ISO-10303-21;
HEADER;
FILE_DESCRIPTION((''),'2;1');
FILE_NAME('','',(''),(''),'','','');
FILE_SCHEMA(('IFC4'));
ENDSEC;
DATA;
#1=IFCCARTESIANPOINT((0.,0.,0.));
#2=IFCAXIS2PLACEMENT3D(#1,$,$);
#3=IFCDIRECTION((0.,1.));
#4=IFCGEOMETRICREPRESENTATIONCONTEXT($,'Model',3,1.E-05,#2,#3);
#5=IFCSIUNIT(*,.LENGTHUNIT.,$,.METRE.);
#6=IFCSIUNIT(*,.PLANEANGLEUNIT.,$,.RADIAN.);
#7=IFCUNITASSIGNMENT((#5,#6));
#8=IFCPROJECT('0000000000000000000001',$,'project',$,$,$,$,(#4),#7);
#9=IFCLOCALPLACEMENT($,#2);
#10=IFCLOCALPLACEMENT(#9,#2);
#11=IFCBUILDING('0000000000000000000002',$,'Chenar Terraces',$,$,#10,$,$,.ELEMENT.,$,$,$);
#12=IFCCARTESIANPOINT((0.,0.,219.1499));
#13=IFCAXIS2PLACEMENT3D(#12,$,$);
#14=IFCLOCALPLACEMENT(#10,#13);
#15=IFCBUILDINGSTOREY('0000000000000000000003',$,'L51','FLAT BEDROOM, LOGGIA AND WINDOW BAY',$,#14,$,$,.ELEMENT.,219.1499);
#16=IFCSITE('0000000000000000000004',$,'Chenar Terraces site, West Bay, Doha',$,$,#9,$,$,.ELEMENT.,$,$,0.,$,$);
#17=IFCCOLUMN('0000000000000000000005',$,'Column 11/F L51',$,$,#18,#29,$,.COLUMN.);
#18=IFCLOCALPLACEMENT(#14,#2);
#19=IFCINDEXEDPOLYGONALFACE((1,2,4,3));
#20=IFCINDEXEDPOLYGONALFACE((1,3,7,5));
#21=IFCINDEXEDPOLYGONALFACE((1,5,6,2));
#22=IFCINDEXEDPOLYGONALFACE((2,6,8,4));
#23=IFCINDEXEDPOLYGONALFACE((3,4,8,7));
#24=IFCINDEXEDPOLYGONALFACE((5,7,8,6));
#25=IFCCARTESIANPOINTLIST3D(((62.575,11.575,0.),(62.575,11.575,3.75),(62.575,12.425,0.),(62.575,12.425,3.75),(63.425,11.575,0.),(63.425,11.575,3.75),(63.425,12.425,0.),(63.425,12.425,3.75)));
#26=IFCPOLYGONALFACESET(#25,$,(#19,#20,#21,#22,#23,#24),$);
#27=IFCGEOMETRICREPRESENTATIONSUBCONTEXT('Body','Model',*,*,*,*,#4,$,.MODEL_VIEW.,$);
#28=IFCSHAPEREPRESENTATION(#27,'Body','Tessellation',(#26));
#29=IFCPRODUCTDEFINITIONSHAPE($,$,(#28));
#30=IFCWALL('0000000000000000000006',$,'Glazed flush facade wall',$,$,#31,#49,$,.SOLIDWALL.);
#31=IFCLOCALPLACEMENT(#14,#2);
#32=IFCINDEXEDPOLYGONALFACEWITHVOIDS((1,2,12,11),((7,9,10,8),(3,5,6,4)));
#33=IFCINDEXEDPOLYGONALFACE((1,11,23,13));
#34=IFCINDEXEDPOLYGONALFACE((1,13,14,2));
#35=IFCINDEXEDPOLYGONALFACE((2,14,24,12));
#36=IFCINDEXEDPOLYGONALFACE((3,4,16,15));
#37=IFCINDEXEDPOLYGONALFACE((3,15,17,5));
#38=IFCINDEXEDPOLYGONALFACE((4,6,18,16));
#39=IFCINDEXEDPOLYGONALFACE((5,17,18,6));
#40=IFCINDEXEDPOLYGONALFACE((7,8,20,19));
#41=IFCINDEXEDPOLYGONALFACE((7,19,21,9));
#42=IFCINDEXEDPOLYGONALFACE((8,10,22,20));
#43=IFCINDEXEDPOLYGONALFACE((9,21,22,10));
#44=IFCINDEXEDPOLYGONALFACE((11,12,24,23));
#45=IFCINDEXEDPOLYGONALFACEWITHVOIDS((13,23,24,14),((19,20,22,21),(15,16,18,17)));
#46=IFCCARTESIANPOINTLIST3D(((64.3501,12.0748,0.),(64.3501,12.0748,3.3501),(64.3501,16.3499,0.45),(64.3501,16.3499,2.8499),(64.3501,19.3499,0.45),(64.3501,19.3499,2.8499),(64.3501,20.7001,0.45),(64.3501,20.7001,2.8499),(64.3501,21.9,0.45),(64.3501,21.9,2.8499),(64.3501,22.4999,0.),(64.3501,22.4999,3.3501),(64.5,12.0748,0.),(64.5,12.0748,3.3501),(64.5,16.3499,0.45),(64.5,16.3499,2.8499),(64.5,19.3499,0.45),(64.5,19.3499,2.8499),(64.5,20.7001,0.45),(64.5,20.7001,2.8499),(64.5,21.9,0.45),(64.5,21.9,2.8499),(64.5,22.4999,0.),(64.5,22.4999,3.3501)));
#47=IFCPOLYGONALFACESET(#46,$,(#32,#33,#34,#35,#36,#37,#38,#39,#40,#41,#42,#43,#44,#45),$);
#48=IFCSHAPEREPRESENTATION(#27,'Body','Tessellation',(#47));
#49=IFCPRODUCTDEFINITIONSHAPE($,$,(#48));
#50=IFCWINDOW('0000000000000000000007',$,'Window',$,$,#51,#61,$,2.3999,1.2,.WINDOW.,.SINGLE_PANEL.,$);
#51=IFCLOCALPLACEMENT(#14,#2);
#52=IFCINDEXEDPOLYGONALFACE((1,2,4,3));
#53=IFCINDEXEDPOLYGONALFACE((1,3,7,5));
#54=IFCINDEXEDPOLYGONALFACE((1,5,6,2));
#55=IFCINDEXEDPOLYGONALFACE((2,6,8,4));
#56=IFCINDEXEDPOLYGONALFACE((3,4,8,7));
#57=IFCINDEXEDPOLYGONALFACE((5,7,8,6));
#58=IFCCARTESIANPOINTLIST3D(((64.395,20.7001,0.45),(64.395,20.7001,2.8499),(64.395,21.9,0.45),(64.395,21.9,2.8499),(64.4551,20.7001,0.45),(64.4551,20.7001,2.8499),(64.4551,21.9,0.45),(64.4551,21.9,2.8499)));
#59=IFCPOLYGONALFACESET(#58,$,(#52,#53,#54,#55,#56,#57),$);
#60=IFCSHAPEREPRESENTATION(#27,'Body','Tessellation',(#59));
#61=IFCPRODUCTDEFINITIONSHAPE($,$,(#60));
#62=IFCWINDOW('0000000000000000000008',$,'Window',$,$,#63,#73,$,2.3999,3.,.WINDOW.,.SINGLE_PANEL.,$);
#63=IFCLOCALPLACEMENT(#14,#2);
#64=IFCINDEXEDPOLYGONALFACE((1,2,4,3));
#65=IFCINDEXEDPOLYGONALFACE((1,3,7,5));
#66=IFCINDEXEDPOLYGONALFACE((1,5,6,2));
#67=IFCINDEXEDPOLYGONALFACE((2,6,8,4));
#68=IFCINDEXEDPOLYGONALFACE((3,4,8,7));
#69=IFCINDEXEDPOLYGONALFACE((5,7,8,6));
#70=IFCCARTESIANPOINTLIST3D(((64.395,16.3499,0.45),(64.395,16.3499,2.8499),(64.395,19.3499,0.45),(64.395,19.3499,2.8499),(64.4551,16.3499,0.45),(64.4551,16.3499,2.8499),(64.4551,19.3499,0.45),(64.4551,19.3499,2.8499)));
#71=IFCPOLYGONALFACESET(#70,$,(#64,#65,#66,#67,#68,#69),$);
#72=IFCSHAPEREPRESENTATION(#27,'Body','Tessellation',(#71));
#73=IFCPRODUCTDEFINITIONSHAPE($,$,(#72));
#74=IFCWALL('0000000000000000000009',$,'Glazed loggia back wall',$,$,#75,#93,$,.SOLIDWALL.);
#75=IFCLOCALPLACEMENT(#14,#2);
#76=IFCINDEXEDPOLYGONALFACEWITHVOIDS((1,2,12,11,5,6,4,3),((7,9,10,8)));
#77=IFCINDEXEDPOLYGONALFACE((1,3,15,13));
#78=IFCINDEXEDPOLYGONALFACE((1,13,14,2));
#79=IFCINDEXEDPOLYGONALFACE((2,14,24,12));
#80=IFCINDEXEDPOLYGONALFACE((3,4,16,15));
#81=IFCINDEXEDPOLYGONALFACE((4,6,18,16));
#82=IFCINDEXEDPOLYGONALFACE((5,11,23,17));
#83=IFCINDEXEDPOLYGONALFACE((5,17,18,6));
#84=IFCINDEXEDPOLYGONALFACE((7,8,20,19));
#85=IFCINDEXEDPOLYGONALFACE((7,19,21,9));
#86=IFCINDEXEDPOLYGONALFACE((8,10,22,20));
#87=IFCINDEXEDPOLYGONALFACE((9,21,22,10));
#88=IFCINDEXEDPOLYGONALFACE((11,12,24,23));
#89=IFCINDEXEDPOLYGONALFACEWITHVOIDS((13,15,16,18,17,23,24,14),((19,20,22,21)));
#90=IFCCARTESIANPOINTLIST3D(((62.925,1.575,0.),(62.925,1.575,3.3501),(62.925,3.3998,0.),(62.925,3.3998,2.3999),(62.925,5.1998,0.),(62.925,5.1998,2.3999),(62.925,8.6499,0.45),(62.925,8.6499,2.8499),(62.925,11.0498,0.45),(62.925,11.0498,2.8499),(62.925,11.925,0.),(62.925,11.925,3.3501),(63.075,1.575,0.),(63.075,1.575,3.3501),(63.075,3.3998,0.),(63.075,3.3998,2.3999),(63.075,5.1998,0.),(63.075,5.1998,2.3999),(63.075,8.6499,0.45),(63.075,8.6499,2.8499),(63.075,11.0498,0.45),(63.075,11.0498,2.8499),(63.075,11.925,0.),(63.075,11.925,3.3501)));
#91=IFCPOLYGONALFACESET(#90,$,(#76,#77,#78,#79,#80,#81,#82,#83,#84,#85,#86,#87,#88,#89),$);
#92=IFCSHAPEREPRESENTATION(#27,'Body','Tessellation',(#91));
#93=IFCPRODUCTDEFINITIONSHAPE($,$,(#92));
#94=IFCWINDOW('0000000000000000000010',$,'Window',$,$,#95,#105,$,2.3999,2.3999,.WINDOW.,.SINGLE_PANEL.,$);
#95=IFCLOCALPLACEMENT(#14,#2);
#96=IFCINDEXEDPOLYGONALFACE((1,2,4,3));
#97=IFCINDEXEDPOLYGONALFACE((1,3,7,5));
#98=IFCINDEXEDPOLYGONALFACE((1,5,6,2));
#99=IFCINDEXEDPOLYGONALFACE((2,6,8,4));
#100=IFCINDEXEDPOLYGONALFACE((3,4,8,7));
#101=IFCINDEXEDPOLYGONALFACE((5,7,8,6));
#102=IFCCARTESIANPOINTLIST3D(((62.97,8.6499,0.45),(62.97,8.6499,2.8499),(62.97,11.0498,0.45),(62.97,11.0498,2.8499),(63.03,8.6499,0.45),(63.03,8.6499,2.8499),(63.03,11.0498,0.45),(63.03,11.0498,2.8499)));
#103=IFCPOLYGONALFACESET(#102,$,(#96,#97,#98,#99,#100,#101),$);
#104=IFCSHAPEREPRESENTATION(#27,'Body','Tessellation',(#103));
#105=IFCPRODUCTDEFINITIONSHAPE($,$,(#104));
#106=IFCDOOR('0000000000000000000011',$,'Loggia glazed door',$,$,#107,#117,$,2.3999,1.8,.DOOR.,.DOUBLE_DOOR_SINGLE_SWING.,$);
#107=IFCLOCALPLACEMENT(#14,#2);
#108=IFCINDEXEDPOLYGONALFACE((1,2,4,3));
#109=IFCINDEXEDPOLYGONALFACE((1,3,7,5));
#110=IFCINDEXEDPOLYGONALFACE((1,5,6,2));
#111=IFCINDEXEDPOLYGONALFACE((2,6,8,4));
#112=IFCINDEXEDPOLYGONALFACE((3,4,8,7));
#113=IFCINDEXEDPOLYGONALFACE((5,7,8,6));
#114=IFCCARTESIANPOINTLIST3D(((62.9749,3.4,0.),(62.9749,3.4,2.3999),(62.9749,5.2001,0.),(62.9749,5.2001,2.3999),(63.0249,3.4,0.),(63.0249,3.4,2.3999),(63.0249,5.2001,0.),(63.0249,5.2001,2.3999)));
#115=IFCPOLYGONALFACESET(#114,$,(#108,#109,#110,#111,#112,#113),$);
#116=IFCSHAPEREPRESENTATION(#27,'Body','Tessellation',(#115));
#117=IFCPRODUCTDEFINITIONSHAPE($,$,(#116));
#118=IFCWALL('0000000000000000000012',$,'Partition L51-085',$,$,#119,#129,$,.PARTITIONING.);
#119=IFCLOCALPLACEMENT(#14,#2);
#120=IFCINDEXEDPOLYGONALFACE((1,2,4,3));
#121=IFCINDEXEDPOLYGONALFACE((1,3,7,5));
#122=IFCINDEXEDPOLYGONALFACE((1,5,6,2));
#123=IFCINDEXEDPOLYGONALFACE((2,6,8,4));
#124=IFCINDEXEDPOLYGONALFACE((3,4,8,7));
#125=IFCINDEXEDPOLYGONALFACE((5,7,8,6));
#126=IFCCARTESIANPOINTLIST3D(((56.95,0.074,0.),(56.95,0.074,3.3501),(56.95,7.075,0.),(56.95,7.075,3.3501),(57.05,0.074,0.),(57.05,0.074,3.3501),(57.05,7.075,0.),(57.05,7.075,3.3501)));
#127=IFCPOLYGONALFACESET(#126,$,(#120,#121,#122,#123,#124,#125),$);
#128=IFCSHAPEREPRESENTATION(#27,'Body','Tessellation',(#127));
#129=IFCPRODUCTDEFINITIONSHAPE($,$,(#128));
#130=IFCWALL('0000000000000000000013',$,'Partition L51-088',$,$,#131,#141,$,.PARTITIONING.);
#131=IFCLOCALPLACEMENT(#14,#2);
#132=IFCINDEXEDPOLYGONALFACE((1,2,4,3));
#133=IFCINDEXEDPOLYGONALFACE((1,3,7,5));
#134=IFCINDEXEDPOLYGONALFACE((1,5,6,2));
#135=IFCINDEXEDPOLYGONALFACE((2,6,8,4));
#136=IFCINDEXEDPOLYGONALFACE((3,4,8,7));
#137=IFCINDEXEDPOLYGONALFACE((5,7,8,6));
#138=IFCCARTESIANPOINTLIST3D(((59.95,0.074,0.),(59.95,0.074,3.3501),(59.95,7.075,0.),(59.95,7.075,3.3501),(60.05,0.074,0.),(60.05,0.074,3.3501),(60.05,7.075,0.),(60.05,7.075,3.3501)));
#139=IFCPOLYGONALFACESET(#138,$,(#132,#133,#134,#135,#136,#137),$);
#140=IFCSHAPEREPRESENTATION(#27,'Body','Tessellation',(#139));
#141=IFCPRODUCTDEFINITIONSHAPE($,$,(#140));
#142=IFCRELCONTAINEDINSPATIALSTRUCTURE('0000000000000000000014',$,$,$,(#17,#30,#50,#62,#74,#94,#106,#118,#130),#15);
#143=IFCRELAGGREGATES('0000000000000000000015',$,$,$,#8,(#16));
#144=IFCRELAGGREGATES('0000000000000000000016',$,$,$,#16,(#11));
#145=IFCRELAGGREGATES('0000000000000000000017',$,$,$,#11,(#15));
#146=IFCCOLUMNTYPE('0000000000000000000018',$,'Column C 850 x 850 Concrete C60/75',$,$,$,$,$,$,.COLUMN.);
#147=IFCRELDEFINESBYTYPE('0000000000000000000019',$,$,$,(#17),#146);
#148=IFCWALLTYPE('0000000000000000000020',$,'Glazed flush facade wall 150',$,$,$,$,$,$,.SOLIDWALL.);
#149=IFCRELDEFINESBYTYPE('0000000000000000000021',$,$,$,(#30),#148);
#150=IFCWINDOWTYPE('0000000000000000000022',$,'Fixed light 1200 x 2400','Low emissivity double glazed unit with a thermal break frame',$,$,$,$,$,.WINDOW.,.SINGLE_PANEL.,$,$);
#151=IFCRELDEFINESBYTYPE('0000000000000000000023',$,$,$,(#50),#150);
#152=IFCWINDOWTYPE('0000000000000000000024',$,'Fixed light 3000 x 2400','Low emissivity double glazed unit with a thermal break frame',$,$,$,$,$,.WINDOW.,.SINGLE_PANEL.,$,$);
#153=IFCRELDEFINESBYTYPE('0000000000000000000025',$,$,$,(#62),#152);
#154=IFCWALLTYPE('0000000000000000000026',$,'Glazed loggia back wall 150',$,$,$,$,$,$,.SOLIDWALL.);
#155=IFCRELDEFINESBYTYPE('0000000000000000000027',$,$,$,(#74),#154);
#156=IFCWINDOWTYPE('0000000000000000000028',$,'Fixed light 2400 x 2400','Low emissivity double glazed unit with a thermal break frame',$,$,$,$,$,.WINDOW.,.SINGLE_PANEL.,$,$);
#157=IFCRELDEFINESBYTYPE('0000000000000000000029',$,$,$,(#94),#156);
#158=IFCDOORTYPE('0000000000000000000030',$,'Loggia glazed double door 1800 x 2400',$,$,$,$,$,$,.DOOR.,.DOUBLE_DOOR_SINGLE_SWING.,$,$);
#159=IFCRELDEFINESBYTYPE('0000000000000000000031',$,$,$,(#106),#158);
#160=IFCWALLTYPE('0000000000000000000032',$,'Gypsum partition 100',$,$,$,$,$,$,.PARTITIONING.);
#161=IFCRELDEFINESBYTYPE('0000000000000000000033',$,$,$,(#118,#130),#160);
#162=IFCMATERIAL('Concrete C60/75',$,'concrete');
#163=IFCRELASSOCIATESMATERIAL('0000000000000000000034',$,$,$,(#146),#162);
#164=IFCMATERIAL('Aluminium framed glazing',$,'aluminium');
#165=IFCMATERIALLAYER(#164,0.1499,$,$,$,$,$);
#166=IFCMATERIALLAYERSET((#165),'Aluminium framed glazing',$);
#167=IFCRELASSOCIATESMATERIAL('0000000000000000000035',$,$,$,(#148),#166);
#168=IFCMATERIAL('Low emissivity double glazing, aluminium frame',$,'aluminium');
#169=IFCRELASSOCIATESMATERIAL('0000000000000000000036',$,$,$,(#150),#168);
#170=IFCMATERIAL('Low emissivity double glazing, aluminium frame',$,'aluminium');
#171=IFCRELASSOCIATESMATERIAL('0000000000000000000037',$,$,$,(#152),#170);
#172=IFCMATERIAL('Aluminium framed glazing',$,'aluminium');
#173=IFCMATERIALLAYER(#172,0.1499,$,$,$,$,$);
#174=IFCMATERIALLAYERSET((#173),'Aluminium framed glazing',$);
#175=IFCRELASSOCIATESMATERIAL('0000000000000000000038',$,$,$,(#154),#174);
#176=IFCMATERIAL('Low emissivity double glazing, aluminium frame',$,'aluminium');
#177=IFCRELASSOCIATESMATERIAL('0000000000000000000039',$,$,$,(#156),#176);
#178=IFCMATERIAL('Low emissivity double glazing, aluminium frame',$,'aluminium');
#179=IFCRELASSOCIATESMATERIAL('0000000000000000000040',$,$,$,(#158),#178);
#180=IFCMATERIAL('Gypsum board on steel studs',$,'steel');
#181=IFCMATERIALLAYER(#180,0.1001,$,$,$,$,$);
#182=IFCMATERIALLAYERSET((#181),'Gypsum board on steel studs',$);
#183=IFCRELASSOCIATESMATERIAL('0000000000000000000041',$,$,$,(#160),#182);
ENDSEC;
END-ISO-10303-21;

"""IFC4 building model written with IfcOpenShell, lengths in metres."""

from ifc_helpers import new_model, si_unit, direction, frame, frame_2d, origin, origin_2d, place, context, subcontext, project, spatial, rectangle, extrude, material, layer, layer_set, material_profile, profile_set, type_object, element, fill, save


model = new_model("IFC4")

# Units and contexts
model_context = context("Model", 3, precision=1e-05, world=origin(), true_north=direction((0.0, 1.0)))
body_context = subcontext(model_context, "Body", "Model", "MODEL_VIEW")
ifc_project = project(units=[si_unit("LENGTHUNIT", "METRE"), si_unit("PLANEANGLEUNIT", "RADIAN")], contexts=[model_context])

# Site, building, storey
site_placement = place(None, origin())
site = spatial("IfcSite", under=ifc_project, at=site_placement, Name="Chenar Terraces site, West Bay, Doha", CompositionType="ELEMENT", RefElevation=0.0)
building_placement = place(site_placement, origin())
building = spatial("IfcBuilding", under=site, at=building_placement, Name="Chenar Terraces", CompositionType="ELEMENT")
storey_placement = place(building_placement, frame((0.0, 0.0, 219.1499)))
storey = spatial("IfcBuildingStorey", under=building, at=storey_placement, Name="L51", Description="FLAT BEDROOM, LOGGIA AND WINDOW BAY", CompositionType="ELEMENT", Elevation=219.1499)

# Column
ifc_material_1 = material(Name="Concrete C60/75", Category="concrete")
ifc_material_profile_1 = material_profile(ifc_material_1, rectangle(XDim=0.8501, YDim=0.8501, at=origin_2d()), Name="C 850 x 850")
ifc_profile_set_1 = profile_set([ifc_material_profile_1], Name="Concrete C60/75")
column_type = type_object("IfcColumnType", Name="Column C 850 x 850 Concrete C60/75", PredefinedType="COLUMN", material=ifc_profile_set_1)
column_placement = place(storey_placement, frame((63.0, 12.0, 0.0), z_axis=(0.0, 0.0, 1.0), x_axis=(1.0, 0.0, 0.0)))
element("IfcColumn", 1, at=column_placement, inside=storey, type_object=column_type, Name="Column 11/F L51", PredefinedType="COLUMN", context=body_context, shape_type="SweptSolid", body=[
    extrude(rectangle(XDim=0.8501, YDim=0.8501, at=origin_2d()), origin(), (0.0, 0.0, 1.0), 3.75),
])

# Wall, openings, windows
ifc_material_2 = material(Name="Aluminium framed glazing", Category="aluminium")
ifc_layer_1 = layer(ifc_material_2, 0.1499)
ifc_layer_set_1 = layer_set([ifc_layer_1], Name="Aluminium framed glazing")
wall_type_1 = type_object("IfcWallType", Name="Glazed flush facade wall 150", PredefinedType="SOLIDWALL", material=ifc_layer_set_1)
wall_1_placement = place(storey_placement, frame((64.425, 12.075, 0.0), z_axis=(0.0, 0.0, 1.0), x_axis=(0.0, 1.0, 0.0)))
wall_1 = element("IfcWall", 2, at=wall_1_placement, inside=storey, type_object=wall_type_1, Name="Glazed flush facade wall", PredefinedType="SOLIDWALL", context=body_context, shape_type="SweptSolid", body=[
    extrude(rectangle(XDim=10.425, YDim=0.1499, at=frame_2d((5.2124, 0.0))), origin(), (0.0, 0.0, 1.0), 3.3501),
])
opening_1_placement = place(wall_1_placement, frame((4.2749, 0.0, 0.45)))
opening_1 = element("IfcOpeningElement", 3, at=opening_1_placement, cuts=wall_1, PredefinedType="OPENING", context=body_context, shape_type="SweptSolid", body=[
    extrude(rectangle(XDim=3.0, YDim=2.3999, at=frame_2d((1.5, 1.2))), frame((0.0, 0.085, 0.0), z_axis=(0.0, -1.0, 0.0), x_axis=(1.0, 0.0, 0.0)), (0.0, 0.0, 1.0), 0.1699),
])
opening_2_placement = place(wall_1_placement, frame((8.625, 0.0, 0.45)))
opening_2 = element("IfcOpeningElement", 4, at=opening_2_placement, cuts=wall_1, PredefinedType="OPENING", context=body_context, shape_type="SweptSolid", body=[
    extrude(rectangle(XDim=1.2, YDim=2.3999, at=frame_2d((0.6001, 1.2))), frame((0.0, 0.085, 0.0), z_axis=(0.0, -1.0, 0.0), x_axis=(1.0, 0.0, 0.0)), (0.0, 0.0, 1.0), 0.1699),
])
ifc_material_3 = material(Name="Low emissivity double glazing, aluminium frame", Category="aluminium")
window_type_1 = type_object("IfcWindowType", Name="Fixed light 1200 x 2400", Description="Low emissivity double glazed unit with a thermal break frame", PartitioningType="SINGLE_PANEL", PredefinedType="WINDOW", material=ifc_material_3)
window_1_placement = place(opening_2_placement, origin())
window_1 = element("IfcWindow", 5, at=window_1_placement, inside=storey, type_object=window_type_1, Name="Window", OverallHeight=2.3999, OverallWidth=1.2, PartitioningType="SINGLE_PANEL", PredefinedType="WINDOW", context=body_context, shape_type="SweptSolid", body=[
    extrude(rectangle(XDim=1.2, YDim=2.3999, at=frame_2d((0.6001, 1.2))), frame((0.0, 0.03, 0.0), z_axis=(0.0, -1.0, 0.0), x_axis=(1.0, 0.0, 0.0)), (0.0, 0.0, 1.0), 0.0601),
])
fill(opening_2, window_1)
ifc_material_4 = material(Name="Low emissivity double glazing, aluminium frame", Category="aluminium")
window_type_2 = type_object("IfcWindowType", Name="Fixed light 3000 x 2400", Description="Low emissivity double glazed unit with a thermal break frame", PartitioningType="SINGLE_PANEL", PredefinedType="WINDOW", material=ifc_material_4)
window_2_placement = place(opening_1_placement, origin())
window_2 = element("IfcWindow", 6, at=window_2_placement, inside=storey, type_object=window_type_2, Name="Window", OverallHeight=2.3999, OverallWidth=3.0, PartitioningType="SINGLE_PANEL", PredefinedType="WINDOW", context=body_context, shape_type="SweptSolid", body=[
    extrude(rectangle(XDim=3.0, YDim=2.3999, at=frame_2d((1.5, 1.2))), frame((0.0, 0.03, 0.0), z_axis=(0.0, -1.0, 0.0), x_axis=(1.0, 0.0, 0.0)), (0.0, 0.0, 1.0), 0.0601),
])
fill(opening_1, window_2)

# Wall, openings, window, door
ifc_material_5 = material(Name="Aluminium framed glazing", Category="aluminium")
ifc_layer_2 = layer(ifc_material_5, 0.1499)
ifc_layer_set_2 = layer_set([ifc_layer_2], Name="Aluminium framed glazing")
wall_type_2 = type_object("IfcWallType", Name="Glazed loggia back wall 150", PredefinedType="SOLIDWALL", material=ifc_layer_set_2)
wall_2_placement = place(storey_placement, frame((63.0, 1.575, 0.0), z_axis=(0.0, 0.0, 1.0), x_axis=(0.0, 1.0, 0.0)))
wall_2 = element("IfcWall", 7, at=wall_2_placement, inside=storey, type_object=wall_type_2, Name="Glazed loggia back wall", PredefinedType="SOLIDWALL", context=body_context, shape_type="SweptSolid", body=[
    extrude(rectangle(XDim=10.3501, YDim=0.1499, at=frame_2d((5.175, 0.0))), origin(), (0.0, 0.0, 1.0), 3.3501),
])
opening_3_placement = place(wall_2_placement, frame((1.825, 0.0, 0.0)))
opening_3 = element("IfcOpeningElement", 8, at=opening_3_placement, cuts=wall_2, PredefinedType="OPENING", context=body_context, shape_type="SweptSolid", body=[
    extrude(rectangle(XDim=1.8, YDim=2.3999, at=frame_2d((0.8999, 1.2))), frame((0.0, 0.085, 0.0), z_axis=(0.0, -1.0, 0.0), x_axis=(1.0, 0.0, 0.0)), (0.0, 0.0, 1.0), 0.1699),
])
opening_4_placement = place(wall_2_placement, frame((7.075, 0.0, 0.45)))
opening_4 = element("IfcOpeningElement", 9, at=opening_4_placement, cuts=wall_2, PredefinedType="OPENING", context=body_context, shape_type="SweptSolid", body=[
    extrude(rectangle(XDim=2.3999, YDim=2.3999, at=frame_2d((1.2, 1.2))), frame((0.0, 0.085, 0.0), z_axis=(0.0, -1.0, 0.0), x_axis=(1.0, 0.0, 0.0)), (0.0, 0.0, 1.0), 0.1699),
])
ifc_material_6 = material(Name="Low emissivity double glazing, aluminium frame", Category="aluminium")
window_type_3 = type_object("IfcWindowType", Name="Fixed light 2400 x 2400", Description="Low emissivity double glazed unit with a thermal break frame", PartitioningType="SINGLE_PANEL", PredefinedType="WINDOW", material=ifc_material_6)
window_3_placement = place(opening_4_placement, origin())
window_3 = element("IfcWindow", 10, at=window_3_placement, inside=storey, type_object=window_type_3, Name="Window", OverallHeight=2.3999, OverallWidth=2.3999, PartitioningType="SINGLE_PANEL", PredefinedType="WINDOW", context=body_context, shape_type="SweptSolid", body=[
    extrude(rectangle(XDim=2.3999, YDim=2.3999, at=frame_2d((1.2, 1.2))), frame((0.0, 0.03, 0.0), z_axis=(0.0, -1.0, 0.0), x_axis=(1.0, 0.0, 0.0)), (0.0, 0.0, 1.0), 0.0601),
])
fill(opening_4, window_3)
ifc_material_7 = material(Name="Low emissivity double glazing, aluminium frame", Category="aluminium")
door_type_1 = type_object("IfcDoorType", Name="Loggia glazed double door 1800 x 2400", OperationType="DOUBLE_DOOR_SINGLE_SWING", PredefinedType="DOOR", material=ifc_material_7)
door_1_placement = place(opening_3_placement, frame((1.8, 0.0, 0.0), z_axis=(0.0, 0.0, 1.0), x_axis=(-1.0, 0.0, 0.0)))
door_1 = element("IfcDoor", 11, at=door_1_placement, inside=storey, type_object=door_type_1, Name="Loggia glazed door", OperationType="DOUBLE_DOOR_SINGLE_SWING", OverallHeight=2.3999, OverallWidth=1.8, PredefinedType="DOOR", context=body_context, shape_type="SweptSolid", body=[
    extrude(rectangle(XDim=1.8, YDim=2.3999, at=frame_2d((0.8999, 1.2))), frame((0.0, 0.0249, 0.0), z_axis=(0.0, -1.0, 0.0), x_axis=(1.0, 0.0, 0.0)), (0.0, 0.0, 1.0), 0.05),
])
fill(opening_3, door_1)

# Walls
ifc_material_8 = material(Name="Gypsum board on steel studs", Category="steel")
ifc_layer_3 = layer(ifc_material_8, 0.1001)
ifc_layer_set_3 = layer_set([ifc_layer_3], Name="Gypsum board on steel studs")
wall_type_3 = type_object("IfcWallType", Name="Gypsum partition 100", PredefinedType="PARTITIONING", material=ifc_layer_set_3)
for number, where, z_axis, x_axis, name in (
    (12, (57.0, 0.074, 0.0), (0.0, 0.0, 1.0), (0.0, 1.0, 0.0), "Partition L51-085"),
    (13, (60.0, 0.074, 0.0), (0.0, 0.0, 1.0), (0.0, 1.0, 0.0), "Partition L51-088"),
):
    element("IfcWall", number, at=place(storey_placement, frame(where, z_axis=z_axis, x_axis=x_axis)), inside=storey, type_object=wall_type_3, Name=name, PredefinedType="PARTITIONING", context=body_context, shape_type="SweptSolid", body=[
        extrude(rectangle(XDim=7.001, YDim=0.1001, at=frame_2d((3.5005, 0.0))), origin(), (0.0, 0.0, 1.0), 3.3501),
    ])

save(model, "model.ifc")
